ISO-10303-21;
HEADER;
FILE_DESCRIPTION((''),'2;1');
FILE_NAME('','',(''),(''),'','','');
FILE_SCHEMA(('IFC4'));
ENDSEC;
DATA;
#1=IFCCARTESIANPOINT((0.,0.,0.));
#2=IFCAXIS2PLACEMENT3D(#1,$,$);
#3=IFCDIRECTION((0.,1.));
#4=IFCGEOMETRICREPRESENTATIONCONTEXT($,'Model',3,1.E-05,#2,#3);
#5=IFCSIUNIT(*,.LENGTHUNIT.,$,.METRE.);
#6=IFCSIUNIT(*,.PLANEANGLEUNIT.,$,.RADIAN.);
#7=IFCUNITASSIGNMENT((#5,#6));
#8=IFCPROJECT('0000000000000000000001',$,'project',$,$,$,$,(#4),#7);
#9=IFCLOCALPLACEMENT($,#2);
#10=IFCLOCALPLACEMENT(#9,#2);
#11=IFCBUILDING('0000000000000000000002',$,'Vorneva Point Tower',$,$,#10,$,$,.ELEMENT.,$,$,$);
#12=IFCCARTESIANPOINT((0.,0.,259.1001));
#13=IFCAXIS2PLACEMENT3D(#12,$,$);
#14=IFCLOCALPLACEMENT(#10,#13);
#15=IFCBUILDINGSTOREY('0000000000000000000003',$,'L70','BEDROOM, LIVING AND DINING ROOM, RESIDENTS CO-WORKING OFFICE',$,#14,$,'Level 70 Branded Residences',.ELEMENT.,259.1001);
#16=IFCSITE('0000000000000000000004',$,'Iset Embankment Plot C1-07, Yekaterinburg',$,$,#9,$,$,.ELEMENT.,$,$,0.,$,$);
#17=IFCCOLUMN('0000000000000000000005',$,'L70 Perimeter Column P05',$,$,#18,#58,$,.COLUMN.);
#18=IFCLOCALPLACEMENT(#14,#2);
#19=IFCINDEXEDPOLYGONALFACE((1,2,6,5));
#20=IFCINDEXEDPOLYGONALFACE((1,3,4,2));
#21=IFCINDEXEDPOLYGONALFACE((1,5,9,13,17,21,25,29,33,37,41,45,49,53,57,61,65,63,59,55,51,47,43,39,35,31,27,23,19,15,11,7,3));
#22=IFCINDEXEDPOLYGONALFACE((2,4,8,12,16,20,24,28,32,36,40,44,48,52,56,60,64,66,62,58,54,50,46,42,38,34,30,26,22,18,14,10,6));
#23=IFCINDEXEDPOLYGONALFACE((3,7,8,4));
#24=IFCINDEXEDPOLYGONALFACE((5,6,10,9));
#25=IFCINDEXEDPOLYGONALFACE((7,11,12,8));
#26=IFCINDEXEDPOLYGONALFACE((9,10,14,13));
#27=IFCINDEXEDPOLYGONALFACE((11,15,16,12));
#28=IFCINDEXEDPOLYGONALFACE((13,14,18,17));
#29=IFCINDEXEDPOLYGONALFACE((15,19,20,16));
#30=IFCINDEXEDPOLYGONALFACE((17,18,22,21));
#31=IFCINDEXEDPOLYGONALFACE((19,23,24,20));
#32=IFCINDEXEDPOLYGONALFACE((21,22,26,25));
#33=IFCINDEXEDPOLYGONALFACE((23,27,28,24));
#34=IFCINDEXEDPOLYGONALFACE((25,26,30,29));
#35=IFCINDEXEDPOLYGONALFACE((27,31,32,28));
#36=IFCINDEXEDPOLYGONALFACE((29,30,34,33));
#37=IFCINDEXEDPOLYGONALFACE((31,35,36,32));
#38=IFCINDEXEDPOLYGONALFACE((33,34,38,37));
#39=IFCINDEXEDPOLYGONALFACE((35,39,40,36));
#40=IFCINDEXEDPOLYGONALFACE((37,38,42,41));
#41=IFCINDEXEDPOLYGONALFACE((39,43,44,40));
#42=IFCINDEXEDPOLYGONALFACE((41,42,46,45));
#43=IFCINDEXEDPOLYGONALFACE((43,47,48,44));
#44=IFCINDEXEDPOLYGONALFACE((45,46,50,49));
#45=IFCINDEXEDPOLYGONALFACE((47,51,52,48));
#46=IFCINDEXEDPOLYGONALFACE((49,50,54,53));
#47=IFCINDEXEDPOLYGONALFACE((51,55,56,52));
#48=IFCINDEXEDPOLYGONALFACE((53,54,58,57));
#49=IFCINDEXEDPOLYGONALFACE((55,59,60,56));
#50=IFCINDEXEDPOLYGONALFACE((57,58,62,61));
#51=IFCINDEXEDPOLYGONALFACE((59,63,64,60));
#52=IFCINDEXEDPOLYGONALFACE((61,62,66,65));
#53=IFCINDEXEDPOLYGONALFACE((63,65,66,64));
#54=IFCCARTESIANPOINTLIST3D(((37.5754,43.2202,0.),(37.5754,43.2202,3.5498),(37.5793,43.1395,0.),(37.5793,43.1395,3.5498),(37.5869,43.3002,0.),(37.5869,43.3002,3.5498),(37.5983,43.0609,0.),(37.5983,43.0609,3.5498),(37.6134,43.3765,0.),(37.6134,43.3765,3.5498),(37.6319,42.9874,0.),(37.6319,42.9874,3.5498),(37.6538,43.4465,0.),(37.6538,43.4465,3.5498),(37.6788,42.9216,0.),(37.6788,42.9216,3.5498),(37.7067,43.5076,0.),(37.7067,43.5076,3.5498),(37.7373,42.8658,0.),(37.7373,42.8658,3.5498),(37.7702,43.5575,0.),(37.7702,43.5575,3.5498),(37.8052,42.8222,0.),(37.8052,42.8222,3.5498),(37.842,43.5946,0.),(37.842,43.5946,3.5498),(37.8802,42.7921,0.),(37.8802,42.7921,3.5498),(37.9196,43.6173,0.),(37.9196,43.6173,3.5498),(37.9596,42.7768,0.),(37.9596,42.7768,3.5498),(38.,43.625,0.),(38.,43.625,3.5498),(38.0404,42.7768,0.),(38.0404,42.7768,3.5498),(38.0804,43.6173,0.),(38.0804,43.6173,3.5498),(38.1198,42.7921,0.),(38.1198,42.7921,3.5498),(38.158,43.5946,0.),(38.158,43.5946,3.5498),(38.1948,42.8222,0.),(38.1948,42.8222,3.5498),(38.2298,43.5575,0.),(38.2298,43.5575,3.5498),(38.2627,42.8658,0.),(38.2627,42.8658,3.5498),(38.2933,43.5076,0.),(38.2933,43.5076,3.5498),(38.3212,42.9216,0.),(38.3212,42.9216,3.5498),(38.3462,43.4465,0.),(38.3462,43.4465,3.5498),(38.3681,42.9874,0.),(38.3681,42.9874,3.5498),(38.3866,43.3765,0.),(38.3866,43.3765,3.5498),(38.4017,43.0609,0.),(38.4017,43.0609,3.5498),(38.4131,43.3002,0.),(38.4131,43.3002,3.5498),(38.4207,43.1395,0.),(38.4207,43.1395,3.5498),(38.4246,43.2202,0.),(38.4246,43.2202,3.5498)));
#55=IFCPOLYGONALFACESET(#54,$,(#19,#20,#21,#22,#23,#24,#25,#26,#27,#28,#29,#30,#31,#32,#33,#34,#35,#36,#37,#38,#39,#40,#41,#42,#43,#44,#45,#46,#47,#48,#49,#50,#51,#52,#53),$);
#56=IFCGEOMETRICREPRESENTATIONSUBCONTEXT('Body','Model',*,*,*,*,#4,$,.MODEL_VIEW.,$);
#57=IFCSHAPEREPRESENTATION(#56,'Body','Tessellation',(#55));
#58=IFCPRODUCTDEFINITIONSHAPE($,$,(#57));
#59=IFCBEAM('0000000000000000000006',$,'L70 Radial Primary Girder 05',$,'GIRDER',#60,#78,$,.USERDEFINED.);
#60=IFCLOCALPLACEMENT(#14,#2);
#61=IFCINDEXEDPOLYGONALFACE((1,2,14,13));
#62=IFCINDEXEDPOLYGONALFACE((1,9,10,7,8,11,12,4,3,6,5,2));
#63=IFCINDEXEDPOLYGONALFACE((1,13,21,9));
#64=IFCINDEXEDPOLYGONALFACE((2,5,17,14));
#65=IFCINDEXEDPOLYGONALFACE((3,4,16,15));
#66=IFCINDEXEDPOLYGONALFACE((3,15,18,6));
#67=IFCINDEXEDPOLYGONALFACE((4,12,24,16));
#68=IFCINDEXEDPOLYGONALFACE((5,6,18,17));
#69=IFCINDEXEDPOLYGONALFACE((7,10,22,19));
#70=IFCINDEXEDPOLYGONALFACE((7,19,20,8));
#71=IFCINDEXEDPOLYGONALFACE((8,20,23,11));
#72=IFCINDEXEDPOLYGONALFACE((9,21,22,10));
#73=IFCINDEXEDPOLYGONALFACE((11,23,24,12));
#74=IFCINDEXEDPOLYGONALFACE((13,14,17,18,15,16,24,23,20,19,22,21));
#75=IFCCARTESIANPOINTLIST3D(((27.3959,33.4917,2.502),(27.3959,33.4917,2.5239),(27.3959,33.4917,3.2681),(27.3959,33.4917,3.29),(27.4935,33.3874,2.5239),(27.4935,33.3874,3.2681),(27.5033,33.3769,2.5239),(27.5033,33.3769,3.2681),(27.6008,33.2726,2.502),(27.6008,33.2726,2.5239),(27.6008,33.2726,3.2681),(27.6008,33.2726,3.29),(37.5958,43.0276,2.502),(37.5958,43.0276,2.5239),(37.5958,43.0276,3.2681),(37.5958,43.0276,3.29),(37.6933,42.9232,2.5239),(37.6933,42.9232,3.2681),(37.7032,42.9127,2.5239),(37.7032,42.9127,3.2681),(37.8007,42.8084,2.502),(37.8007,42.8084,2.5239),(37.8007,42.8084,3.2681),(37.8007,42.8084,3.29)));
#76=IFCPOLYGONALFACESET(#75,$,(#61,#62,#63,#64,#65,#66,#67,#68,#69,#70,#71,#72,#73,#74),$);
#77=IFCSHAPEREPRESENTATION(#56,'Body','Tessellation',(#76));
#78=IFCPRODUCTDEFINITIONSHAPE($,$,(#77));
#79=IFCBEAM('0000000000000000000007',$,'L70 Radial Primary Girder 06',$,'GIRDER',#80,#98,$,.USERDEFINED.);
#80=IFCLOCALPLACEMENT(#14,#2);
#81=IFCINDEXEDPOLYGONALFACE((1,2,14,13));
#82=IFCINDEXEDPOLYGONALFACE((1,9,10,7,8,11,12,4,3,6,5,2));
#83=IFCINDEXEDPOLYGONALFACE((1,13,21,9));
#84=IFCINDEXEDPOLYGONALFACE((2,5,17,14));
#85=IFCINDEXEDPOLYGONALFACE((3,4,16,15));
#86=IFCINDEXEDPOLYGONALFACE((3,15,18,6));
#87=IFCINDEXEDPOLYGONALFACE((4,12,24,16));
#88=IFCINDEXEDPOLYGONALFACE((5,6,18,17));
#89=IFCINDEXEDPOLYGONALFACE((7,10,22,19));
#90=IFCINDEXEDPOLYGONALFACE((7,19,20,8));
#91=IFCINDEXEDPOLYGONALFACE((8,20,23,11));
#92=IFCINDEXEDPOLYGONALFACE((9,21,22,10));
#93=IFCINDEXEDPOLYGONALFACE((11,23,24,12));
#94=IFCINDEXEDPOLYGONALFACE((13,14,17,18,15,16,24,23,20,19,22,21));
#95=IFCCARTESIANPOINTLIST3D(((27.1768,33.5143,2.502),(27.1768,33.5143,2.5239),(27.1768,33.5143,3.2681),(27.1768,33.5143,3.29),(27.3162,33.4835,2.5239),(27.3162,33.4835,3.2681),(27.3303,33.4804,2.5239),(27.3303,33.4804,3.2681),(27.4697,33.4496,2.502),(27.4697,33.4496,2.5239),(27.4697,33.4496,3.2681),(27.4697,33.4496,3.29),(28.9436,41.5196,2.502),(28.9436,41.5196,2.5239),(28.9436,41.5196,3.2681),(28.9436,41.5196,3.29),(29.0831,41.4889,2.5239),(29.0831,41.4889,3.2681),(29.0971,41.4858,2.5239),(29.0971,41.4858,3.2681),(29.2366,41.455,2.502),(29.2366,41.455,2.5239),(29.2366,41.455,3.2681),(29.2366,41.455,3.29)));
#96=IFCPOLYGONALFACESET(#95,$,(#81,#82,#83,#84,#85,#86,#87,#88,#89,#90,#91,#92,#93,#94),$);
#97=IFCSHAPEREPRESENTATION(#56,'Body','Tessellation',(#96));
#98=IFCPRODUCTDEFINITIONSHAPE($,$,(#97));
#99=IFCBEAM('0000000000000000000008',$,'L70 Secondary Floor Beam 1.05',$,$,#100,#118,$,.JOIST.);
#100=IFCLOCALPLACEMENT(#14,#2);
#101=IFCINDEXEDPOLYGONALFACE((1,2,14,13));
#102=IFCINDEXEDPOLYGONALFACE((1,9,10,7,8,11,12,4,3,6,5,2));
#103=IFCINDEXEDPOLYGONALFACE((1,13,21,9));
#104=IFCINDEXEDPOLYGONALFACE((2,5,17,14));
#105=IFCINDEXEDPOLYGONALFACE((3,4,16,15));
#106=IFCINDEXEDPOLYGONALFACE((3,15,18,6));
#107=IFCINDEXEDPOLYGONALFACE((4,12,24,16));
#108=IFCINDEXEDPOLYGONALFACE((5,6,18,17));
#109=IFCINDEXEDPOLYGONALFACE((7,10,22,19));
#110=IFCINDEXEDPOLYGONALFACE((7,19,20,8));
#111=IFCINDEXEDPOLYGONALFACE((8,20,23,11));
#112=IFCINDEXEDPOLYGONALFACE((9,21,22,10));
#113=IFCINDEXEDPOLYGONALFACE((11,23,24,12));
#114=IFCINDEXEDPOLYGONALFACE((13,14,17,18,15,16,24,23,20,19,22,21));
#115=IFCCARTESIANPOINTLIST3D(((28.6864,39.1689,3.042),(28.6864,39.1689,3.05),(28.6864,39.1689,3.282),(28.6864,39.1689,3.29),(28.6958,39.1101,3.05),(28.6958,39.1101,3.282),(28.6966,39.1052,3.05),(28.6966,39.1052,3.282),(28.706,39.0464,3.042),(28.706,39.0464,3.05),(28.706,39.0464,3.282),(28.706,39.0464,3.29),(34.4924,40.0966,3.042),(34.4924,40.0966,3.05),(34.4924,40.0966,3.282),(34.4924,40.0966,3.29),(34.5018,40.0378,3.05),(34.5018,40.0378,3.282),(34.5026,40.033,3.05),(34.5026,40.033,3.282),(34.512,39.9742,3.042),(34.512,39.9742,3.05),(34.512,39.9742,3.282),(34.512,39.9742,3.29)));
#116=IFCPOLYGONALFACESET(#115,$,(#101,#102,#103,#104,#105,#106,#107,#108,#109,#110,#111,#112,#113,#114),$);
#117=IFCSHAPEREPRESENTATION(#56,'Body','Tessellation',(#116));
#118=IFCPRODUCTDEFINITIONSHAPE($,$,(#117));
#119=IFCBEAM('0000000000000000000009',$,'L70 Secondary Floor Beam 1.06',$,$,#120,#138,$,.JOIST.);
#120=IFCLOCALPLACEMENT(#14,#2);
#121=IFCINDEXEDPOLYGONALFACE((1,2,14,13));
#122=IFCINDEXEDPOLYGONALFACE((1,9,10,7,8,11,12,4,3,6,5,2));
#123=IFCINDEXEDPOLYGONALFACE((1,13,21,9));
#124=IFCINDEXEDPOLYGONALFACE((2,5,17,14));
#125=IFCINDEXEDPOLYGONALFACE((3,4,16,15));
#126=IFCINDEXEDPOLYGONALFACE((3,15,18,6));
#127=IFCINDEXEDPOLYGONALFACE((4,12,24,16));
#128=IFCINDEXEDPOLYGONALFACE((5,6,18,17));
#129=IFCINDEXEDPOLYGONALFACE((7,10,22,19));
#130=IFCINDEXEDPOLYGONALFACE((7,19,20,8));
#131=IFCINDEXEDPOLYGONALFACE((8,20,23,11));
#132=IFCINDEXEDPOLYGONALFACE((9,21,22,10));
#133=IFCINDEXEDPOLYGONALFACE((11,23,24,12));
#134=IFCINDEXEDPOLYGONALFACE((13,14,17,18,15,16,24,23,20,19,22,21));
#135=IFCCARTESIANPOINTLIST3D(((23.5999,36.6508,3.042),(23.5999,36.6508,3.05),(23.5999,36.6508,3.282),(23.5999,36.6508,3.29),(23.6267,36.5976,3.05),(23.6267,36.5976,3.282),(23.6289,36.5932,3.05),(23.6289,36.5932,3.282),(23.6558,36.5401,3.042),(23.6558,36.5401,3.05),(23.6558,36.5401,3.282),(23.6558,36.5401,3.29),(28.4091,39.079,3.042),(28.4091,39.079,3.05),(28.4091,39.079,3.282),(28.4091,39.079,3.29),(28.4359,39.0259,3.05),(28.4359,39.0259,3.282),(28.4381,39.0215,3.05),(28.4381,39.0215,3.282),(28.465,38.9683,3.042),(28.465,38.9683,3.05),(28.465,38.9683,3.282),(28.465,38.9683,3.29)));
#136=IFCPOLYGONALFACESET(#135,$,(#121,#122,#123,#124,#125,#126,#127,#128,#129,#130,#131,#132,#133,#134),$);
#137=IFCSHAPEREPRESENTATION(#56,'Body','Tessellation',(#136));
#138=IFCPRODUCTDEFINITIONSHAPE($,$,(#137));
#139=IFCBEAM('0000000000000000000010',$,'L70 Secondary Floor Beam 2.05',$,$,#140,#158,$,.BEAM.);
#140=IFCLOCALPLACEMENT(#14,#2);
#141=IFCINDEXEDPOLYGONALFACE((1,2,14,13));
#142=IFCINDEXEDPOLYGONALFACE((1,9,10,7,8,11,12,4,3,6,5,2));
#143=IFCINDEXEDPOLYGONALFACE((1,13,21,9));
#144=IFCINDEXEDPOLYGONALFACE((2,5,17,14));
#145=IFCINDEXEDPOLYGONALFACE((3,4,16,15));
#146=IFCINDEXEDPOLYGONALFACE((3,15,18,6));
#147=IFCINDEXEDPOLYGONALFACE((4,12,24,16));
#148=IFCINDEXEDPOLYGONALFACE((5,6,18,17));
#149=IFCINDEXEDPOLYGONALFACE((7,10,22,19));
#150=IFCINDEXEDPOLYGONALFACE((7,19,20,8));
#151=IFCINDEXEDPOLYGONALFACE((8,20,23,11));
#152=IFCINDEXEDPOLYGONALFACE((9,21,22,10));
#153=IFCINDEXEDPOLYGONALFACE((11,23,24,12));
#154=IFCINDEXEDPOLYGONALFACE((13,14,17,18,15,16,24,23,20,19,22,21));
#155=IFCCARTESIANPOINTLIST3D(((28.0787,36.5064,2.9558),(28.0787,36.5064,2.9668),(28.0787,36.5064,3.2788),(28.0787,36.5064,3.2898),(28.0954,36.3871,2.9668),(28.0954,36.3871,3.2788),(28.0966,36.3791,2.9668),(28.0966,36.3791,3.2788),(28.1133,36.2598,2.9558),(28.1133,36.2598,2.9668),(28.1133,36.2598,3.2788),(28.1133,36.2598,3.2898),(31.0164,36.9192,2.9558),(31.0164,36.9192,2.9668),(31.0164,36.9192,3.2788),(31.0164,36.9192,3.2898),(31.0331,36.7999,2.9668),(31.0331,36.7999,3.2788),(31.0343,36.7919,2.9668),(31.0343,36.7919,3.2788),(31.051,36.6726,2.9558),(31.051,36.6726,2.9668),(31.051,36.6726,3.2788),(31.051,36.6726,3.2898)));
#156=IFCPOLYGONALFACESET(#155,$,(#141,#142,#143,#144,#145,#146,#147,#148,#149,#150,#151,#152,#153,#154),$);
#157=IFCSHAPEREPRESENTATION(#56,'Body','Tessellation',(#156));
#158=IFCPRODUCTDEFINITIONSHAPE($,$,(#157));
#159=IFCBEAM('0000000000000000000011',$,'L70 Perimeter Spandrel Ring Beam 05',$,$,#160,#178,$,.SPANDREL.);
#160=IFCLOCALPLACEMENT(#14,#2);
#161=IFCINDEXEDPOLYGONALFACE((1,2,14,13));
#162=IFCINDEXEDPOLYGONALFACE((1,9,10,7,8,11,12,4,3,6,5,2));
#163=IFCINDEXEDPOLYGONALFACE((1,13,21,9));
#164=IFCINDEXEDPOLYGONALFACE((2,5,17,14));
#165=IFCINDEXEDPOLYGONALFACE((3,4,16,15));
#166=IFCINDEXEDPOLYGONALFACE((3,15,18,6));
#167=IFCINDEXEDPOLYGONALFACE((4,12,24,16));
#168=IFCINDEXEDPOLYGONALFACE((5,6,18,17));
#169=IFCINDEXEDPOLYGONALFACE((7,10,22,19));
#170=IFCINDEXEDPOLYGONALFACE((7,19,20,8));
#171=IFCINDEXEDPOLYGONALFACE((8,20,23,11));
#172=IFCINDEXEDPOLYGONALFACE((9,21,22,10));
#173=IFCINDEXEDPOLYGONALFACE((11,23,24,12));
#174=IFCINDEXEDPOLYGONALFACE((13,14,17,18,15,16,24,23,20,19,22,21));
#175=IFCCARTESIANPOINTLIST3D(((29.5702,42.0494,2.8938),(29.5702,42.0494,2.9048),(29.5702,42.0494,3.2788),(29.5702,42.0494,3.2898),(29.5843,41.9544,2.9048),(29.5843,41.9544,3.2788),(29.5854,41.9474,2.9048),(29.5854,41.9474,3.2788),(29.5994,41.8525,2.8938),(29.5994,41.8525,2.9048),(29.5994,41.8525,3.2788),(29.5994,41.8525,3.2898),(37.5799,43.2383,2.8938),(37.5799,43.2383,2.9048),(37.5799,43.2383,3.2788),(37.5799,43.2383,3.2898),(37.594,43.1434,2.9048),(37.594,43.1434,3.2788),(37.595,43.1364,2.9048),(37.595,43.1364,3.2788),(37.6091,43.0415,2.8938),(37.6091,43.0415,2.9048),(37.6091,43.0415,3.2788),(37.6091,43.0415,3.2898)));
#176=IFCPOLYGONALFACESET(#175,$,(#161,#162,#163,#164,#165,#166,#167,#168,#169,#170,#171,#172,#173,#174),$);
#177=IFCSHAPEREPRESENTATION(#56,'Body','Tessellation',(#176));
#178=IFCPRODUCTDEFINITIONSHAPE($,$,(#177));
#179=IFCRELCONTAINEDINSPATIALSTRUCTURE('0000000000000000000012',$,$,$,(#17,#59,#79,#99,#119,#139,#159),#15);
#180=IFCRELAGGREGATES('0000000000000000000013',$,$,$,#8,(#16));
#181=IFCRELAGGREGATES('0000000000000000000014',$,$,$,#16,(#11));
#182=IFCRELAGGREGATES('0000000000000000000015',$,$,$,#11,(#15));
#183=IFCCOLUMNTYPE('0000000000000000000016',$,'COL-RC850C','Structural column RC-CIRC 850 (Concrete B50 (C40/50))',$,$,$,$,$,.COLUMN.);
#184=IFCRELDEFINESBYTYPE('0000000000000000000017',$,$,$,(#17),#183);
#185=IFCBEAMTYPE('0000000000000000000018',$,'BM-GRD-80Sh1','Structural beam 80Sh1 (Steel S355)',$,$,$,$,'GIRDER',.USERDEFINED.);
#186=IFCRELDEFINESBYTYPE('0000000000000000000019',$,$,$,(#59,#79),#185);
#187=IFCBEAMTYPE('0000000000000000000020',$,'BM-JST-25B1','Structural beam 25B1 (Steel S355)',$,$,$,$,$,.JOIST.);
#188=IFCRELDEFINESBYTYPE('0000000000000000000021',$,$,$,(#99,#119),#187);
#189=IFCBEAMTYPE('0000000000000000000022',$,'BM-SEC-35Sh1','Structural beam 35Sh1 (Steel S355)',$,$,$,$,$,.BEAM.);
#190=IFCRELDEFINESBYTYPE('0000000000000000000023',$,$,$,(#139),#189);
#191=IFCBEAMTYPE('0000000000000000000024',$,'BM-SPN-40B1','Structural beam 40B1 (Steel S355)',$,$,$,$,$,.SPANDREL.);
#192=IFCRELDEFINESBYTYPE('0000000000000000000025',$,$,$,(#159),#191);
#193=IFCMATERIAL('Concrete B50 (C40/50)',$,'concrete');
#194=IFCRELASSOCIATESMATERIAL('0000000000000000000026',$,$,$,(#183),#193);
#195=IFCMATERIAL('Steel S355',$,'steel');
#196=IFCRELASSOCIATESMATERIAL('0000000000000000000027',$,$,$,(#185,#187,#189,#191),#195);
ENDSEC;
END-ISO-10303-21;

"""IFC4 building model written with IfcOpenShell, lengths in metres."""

from ifc_helpers import new_model, si_unit, direction, frame, origin, origin_2d, place, context, subcontext, project, spatial, circle, i_section, extrude, material, material_profile, profile_set, type_object, element, save


model = new_model("IFC4")

# Units and contexts
model_context = context("Model", 3, precision=1e-05, world=origin(), true_north=direction((0.0, 1.0)))
body_context = subcontext(model_context, "Body", "Model", "MODEL_VIEW")
ifc_project = project(units=[si_unit("LENGTHUNIT", "METRE"), si_unit("PLANEANGLEUNIT", "RADIAN")], contexts=[model_context])

# Site, building, storey
site_placement = place(None, origin())
site = spatial("IfcSite", under=ifc_project, at=site_placement, Name="Iset Embankment Plot C1-07, Yekaterinburg", CompositionType="ELEMENT", RefElevation=0.0)
building_placement = place(site_placement, origin())
building = spatial("IfcBuilding", under=site, at=building_placement, Name="Vorneva Point Tower", CompositionType="ELEMENT")
storey_placement = place(building_placement, frame((0.0, 0.0, 259.1001)))
storey = spatial("IfcBuildingStorey", under=building, at=storey_placement, Name="L70", Description="BEDROOM, LIVING AND DINING ROOM, RESIDENTS CO-WORKING OFFICE", LongName="Level 70 Branded Residences", CompositionType="ELEMENT", Elevation=259.1001)

# Column
ifc_material_1 = material(Name="Concrete B50 (C40/50)", Category="concrete")
ifc_material_profile_1 = material_profile(ifc_material_1, circle(Radius=0.425, at=origin_2d()), Name="RC-CIRC 850")
ifc_profile_set_1 = profile_set([ifc_material_profile_1], Name="Concrete B50 (C40/50)")
column_type = type_object("IfcColumnType", Name="COL-RC850C", Description="Structural column RC-CIRC 850 (Concrete B50 (C40/50))", PredefinedType="COLUMN", material=ifc_profile_set_1)
for number, where, z_axis, x_axis, name in (
    (1, (38.0, 43.2, 0.0), (0.0, 0.0, 1.0), (0.0, 1.0, 0.0), "L70 Perimeter Column P05"),
):
    element("IfcColumn", number, at=place(storey_placement, frame(where, z_axis=z_axis, x_axis=x_axis)), inside=storey, type_object=column_type, Name=name, PredefinedType="COLUMN", context=body_context, shape_type="SweptSolid", body=[
        extrude(circle(Radius=0.425, at=origin_2d()), origin(), (0.0, 0.0, 1.0), 3.5498),
    ])

# Beams
ifc_material_2 = material(Name="Steel S355", Category="steel")
ifc_material_profile_2 = material_profile(ifc_material_2, i_section(OverallWidth=0.3, OverallDepth=0.7881, WebThickness=0.0144, FlangeThickness=0.022, at=origin_2d()), Name="80Sh1")
ifc_profile_set_2 = profile_set([ifc_material_profile_2], Name="Steel S355")
beam_type_1 = type_object("IfcBeamType", Name="BM-GRD-80Sh1", Description="Structural beam 80Sh1 (Steel S355)", ElementType="GIRDER", PredefinedType="USERDEFINED", material=ifc_profile_set_2)
beam_1_placement = place(storey_placement, frame((37.6982, 42.918, 2.896), z_axis=(-0.730486, -0.682928, 0.0), x_axis=(0.682928, -0.730486, 0.0)))
element("IfcBeam", 2, at=beam_1_placement, inside=storey, type_object=beam_type_1, Name="L70 Radial Primary Girder 05", ObjectType="GIRDER", PredefinedType="USERDEFINED", context=body_context, shape_type="SweptSolid", body=[
    extrude(i_section(OverallWidth=0.3, OverallDepth=0.7881, WebThickness=0.0144, FlangeThickness=0.022, at=origin_2d()), origin(), (0.0, 0.0, 1.0), 13.9631),
])
beam_2_placement = place(storey_placement, frame((29.0901, 41.4873, 2.896), z_axis=(-0.215521, -0.976499, 0.0), x_axis=(0.976499, -0.215521, 0.0)))
element("IfcBeam", 3, at=beam_2_placement, inside=storey, type_object=beam_type_1, Name="L70 Radial Primary Girder 06", ObjectType="GIRDER", PredefinedType="USERDEFINED", context=body_context, shape_type="SweptSolid", body=[
    extrude(i_section(OverallWidth=0.3, OverallDepth=0.7881, WebThickness=0.0144, FlangeThickness=0.022, at=origin_2d()), origin(), (0.0, 0.0, 1.0), 8.198),
])
ifc_material_profile_3 = material_profile(ifc_material_2, i_section(OverallWidth=0.124, OverallDepth=0.248, WebThickness=0.0049, FlangeThickness=0.0081, at=origin_2d()), Name="25B1")
ifc_profile_set_3 = profile_set([ifc_material_profile_3], Name="Steel S355")
beam_type_2 = type_object("IfcBeamType", Name="BM-JST-25B1", Description="Structural beam 25B1 (Steel S355)", PredefinedType="JOIST", material=ifc_profile_set_3)
beam_3_placement = place(storey_placement, frame((34.5022, 40.0354, 3.166), z_axis=(-0.987473, -0.15779, 0.0), x_axis=(0.15779, -0.987473, 0.0)))
element("IfcBeam", 4, at=beam_3_placement, inside=storey, type_object=beam_type_2, Name="L70 Secondary Floor Beam 1.05", PredefinedType="JOIST", context=body_context, shape_type="SweptSolid", body=[
    extrude(i_section(OverallWidth=0.124, OverallDepth=0.248, WebThickness=0.0049, FlangeThickness=0.0081, at=origin_2d()), origin(), (0.0, 0.0, 1.0), 5.8796),
])
beam_4_placement = place(storey_placement, frame((28.437, 39.0237, 3.166), z_axis=(-0.892662, -0.450727, 0.0), x_axis=(0.450727, -0.892662, 0.0)))
element("IfcBeam", 5, at=beam_4_placement, inside=storey, type_object=beam_type_2, Name="L70 Secondary Floor Beam 1.06", PredefinedType="JOIST", context=body_context, shape_type="SweptSolid", body=[
    extrude(i_section(OverallWidth=0.124, OverallDepth=0.248, WebThickness=0.0049, FlangeThickness=0.0081, at=origin_2d()), origin(), (0.0, 0.0, 1.0), 5.3875),
])
ifc_material_profile_4 = material_profile(ifc_material_2, i_section(OverallWidth=0.249, OverallDepth=0.334, WebThickness=0.0081, FlangeThickness=0.011, at=origin_2d()), Name="35Sh1")
ifc_profile_set_4 = profile_set([ifc_material_profile_4], Name="Steel S355")
beam_type_3 = type_object("IfcBeamType", Name="BM-SEC-35Sh1", Description="Structural beam 35Sh1 (Steel S355)", PredefinedType="BEAM", material=ifc_profile_set_4)
beam_5_placement = place(storey_placement, frame((31.0337, 36.7959, 3.1228), z_axis=(-0.99027, -0.139163, 0.0), x_axis=(0.139163, -0.99027, 0.0)))
element("IfcBeam", 6, at=beam_5_placement, inside=storey, type_object=beam_type_3, Name="L70 Secondary Floor Beam 2.05", PredefinedType="BEAM", context=body_context, shape_type="SweptSolid", body=[
    extrude(i_section(OverallWidth=0.249, OverallDepth=0.334, WebThickness=0.0081, FlangeThickness=0.011, at=origin_2d()), origin(), (0.0, 0.0, 1.0), 2.9666),
])
ifc_material_profile_5 = material_profile(ifc_material_2, i_section(OverallWidth=0.199, OverallDepth=0.396, WebThickness=0.0071, FlangeThickness=0.011, at=origin_2d()), Name="40B1")
ifc_profile_set_5 = profile_set([ifc_material_profile_5], Name="Steel S355")
beam_type_4 = type_object("IfcBeamType", Name="BM-SPN-40B1", Description="Structural beam 40B1 (Steel S355)", PredefinedType="SPANDREL", material=ifc_profile_set_5)
beam_6_placement = place(storey_placement, frame((37.5945, 43.1399, 3.0918), z_axis=(-0.989162, -0.146831, 0.0), x_axis=(0.146831, -0.989162, 0.0)))
element("IfcBeam", 7, at=beam_6_placement, inside=storey, type_object=beam_type_4, Name="L70 Perimeter Spandrel Ring Beam 05", PredefinedType="SPANDREL", context=body_context, shape_type="SweptSolid", body=[
    extrude(i_section(OverallWidth=0.199, OverallDepth=0.396, WebThickness=0.0071, FlangeThickness=0.011, at=origin_2d()), origin(), (0.0, 0.0, 1.0), 8.0974),
])

save(model, "model.ifc")
